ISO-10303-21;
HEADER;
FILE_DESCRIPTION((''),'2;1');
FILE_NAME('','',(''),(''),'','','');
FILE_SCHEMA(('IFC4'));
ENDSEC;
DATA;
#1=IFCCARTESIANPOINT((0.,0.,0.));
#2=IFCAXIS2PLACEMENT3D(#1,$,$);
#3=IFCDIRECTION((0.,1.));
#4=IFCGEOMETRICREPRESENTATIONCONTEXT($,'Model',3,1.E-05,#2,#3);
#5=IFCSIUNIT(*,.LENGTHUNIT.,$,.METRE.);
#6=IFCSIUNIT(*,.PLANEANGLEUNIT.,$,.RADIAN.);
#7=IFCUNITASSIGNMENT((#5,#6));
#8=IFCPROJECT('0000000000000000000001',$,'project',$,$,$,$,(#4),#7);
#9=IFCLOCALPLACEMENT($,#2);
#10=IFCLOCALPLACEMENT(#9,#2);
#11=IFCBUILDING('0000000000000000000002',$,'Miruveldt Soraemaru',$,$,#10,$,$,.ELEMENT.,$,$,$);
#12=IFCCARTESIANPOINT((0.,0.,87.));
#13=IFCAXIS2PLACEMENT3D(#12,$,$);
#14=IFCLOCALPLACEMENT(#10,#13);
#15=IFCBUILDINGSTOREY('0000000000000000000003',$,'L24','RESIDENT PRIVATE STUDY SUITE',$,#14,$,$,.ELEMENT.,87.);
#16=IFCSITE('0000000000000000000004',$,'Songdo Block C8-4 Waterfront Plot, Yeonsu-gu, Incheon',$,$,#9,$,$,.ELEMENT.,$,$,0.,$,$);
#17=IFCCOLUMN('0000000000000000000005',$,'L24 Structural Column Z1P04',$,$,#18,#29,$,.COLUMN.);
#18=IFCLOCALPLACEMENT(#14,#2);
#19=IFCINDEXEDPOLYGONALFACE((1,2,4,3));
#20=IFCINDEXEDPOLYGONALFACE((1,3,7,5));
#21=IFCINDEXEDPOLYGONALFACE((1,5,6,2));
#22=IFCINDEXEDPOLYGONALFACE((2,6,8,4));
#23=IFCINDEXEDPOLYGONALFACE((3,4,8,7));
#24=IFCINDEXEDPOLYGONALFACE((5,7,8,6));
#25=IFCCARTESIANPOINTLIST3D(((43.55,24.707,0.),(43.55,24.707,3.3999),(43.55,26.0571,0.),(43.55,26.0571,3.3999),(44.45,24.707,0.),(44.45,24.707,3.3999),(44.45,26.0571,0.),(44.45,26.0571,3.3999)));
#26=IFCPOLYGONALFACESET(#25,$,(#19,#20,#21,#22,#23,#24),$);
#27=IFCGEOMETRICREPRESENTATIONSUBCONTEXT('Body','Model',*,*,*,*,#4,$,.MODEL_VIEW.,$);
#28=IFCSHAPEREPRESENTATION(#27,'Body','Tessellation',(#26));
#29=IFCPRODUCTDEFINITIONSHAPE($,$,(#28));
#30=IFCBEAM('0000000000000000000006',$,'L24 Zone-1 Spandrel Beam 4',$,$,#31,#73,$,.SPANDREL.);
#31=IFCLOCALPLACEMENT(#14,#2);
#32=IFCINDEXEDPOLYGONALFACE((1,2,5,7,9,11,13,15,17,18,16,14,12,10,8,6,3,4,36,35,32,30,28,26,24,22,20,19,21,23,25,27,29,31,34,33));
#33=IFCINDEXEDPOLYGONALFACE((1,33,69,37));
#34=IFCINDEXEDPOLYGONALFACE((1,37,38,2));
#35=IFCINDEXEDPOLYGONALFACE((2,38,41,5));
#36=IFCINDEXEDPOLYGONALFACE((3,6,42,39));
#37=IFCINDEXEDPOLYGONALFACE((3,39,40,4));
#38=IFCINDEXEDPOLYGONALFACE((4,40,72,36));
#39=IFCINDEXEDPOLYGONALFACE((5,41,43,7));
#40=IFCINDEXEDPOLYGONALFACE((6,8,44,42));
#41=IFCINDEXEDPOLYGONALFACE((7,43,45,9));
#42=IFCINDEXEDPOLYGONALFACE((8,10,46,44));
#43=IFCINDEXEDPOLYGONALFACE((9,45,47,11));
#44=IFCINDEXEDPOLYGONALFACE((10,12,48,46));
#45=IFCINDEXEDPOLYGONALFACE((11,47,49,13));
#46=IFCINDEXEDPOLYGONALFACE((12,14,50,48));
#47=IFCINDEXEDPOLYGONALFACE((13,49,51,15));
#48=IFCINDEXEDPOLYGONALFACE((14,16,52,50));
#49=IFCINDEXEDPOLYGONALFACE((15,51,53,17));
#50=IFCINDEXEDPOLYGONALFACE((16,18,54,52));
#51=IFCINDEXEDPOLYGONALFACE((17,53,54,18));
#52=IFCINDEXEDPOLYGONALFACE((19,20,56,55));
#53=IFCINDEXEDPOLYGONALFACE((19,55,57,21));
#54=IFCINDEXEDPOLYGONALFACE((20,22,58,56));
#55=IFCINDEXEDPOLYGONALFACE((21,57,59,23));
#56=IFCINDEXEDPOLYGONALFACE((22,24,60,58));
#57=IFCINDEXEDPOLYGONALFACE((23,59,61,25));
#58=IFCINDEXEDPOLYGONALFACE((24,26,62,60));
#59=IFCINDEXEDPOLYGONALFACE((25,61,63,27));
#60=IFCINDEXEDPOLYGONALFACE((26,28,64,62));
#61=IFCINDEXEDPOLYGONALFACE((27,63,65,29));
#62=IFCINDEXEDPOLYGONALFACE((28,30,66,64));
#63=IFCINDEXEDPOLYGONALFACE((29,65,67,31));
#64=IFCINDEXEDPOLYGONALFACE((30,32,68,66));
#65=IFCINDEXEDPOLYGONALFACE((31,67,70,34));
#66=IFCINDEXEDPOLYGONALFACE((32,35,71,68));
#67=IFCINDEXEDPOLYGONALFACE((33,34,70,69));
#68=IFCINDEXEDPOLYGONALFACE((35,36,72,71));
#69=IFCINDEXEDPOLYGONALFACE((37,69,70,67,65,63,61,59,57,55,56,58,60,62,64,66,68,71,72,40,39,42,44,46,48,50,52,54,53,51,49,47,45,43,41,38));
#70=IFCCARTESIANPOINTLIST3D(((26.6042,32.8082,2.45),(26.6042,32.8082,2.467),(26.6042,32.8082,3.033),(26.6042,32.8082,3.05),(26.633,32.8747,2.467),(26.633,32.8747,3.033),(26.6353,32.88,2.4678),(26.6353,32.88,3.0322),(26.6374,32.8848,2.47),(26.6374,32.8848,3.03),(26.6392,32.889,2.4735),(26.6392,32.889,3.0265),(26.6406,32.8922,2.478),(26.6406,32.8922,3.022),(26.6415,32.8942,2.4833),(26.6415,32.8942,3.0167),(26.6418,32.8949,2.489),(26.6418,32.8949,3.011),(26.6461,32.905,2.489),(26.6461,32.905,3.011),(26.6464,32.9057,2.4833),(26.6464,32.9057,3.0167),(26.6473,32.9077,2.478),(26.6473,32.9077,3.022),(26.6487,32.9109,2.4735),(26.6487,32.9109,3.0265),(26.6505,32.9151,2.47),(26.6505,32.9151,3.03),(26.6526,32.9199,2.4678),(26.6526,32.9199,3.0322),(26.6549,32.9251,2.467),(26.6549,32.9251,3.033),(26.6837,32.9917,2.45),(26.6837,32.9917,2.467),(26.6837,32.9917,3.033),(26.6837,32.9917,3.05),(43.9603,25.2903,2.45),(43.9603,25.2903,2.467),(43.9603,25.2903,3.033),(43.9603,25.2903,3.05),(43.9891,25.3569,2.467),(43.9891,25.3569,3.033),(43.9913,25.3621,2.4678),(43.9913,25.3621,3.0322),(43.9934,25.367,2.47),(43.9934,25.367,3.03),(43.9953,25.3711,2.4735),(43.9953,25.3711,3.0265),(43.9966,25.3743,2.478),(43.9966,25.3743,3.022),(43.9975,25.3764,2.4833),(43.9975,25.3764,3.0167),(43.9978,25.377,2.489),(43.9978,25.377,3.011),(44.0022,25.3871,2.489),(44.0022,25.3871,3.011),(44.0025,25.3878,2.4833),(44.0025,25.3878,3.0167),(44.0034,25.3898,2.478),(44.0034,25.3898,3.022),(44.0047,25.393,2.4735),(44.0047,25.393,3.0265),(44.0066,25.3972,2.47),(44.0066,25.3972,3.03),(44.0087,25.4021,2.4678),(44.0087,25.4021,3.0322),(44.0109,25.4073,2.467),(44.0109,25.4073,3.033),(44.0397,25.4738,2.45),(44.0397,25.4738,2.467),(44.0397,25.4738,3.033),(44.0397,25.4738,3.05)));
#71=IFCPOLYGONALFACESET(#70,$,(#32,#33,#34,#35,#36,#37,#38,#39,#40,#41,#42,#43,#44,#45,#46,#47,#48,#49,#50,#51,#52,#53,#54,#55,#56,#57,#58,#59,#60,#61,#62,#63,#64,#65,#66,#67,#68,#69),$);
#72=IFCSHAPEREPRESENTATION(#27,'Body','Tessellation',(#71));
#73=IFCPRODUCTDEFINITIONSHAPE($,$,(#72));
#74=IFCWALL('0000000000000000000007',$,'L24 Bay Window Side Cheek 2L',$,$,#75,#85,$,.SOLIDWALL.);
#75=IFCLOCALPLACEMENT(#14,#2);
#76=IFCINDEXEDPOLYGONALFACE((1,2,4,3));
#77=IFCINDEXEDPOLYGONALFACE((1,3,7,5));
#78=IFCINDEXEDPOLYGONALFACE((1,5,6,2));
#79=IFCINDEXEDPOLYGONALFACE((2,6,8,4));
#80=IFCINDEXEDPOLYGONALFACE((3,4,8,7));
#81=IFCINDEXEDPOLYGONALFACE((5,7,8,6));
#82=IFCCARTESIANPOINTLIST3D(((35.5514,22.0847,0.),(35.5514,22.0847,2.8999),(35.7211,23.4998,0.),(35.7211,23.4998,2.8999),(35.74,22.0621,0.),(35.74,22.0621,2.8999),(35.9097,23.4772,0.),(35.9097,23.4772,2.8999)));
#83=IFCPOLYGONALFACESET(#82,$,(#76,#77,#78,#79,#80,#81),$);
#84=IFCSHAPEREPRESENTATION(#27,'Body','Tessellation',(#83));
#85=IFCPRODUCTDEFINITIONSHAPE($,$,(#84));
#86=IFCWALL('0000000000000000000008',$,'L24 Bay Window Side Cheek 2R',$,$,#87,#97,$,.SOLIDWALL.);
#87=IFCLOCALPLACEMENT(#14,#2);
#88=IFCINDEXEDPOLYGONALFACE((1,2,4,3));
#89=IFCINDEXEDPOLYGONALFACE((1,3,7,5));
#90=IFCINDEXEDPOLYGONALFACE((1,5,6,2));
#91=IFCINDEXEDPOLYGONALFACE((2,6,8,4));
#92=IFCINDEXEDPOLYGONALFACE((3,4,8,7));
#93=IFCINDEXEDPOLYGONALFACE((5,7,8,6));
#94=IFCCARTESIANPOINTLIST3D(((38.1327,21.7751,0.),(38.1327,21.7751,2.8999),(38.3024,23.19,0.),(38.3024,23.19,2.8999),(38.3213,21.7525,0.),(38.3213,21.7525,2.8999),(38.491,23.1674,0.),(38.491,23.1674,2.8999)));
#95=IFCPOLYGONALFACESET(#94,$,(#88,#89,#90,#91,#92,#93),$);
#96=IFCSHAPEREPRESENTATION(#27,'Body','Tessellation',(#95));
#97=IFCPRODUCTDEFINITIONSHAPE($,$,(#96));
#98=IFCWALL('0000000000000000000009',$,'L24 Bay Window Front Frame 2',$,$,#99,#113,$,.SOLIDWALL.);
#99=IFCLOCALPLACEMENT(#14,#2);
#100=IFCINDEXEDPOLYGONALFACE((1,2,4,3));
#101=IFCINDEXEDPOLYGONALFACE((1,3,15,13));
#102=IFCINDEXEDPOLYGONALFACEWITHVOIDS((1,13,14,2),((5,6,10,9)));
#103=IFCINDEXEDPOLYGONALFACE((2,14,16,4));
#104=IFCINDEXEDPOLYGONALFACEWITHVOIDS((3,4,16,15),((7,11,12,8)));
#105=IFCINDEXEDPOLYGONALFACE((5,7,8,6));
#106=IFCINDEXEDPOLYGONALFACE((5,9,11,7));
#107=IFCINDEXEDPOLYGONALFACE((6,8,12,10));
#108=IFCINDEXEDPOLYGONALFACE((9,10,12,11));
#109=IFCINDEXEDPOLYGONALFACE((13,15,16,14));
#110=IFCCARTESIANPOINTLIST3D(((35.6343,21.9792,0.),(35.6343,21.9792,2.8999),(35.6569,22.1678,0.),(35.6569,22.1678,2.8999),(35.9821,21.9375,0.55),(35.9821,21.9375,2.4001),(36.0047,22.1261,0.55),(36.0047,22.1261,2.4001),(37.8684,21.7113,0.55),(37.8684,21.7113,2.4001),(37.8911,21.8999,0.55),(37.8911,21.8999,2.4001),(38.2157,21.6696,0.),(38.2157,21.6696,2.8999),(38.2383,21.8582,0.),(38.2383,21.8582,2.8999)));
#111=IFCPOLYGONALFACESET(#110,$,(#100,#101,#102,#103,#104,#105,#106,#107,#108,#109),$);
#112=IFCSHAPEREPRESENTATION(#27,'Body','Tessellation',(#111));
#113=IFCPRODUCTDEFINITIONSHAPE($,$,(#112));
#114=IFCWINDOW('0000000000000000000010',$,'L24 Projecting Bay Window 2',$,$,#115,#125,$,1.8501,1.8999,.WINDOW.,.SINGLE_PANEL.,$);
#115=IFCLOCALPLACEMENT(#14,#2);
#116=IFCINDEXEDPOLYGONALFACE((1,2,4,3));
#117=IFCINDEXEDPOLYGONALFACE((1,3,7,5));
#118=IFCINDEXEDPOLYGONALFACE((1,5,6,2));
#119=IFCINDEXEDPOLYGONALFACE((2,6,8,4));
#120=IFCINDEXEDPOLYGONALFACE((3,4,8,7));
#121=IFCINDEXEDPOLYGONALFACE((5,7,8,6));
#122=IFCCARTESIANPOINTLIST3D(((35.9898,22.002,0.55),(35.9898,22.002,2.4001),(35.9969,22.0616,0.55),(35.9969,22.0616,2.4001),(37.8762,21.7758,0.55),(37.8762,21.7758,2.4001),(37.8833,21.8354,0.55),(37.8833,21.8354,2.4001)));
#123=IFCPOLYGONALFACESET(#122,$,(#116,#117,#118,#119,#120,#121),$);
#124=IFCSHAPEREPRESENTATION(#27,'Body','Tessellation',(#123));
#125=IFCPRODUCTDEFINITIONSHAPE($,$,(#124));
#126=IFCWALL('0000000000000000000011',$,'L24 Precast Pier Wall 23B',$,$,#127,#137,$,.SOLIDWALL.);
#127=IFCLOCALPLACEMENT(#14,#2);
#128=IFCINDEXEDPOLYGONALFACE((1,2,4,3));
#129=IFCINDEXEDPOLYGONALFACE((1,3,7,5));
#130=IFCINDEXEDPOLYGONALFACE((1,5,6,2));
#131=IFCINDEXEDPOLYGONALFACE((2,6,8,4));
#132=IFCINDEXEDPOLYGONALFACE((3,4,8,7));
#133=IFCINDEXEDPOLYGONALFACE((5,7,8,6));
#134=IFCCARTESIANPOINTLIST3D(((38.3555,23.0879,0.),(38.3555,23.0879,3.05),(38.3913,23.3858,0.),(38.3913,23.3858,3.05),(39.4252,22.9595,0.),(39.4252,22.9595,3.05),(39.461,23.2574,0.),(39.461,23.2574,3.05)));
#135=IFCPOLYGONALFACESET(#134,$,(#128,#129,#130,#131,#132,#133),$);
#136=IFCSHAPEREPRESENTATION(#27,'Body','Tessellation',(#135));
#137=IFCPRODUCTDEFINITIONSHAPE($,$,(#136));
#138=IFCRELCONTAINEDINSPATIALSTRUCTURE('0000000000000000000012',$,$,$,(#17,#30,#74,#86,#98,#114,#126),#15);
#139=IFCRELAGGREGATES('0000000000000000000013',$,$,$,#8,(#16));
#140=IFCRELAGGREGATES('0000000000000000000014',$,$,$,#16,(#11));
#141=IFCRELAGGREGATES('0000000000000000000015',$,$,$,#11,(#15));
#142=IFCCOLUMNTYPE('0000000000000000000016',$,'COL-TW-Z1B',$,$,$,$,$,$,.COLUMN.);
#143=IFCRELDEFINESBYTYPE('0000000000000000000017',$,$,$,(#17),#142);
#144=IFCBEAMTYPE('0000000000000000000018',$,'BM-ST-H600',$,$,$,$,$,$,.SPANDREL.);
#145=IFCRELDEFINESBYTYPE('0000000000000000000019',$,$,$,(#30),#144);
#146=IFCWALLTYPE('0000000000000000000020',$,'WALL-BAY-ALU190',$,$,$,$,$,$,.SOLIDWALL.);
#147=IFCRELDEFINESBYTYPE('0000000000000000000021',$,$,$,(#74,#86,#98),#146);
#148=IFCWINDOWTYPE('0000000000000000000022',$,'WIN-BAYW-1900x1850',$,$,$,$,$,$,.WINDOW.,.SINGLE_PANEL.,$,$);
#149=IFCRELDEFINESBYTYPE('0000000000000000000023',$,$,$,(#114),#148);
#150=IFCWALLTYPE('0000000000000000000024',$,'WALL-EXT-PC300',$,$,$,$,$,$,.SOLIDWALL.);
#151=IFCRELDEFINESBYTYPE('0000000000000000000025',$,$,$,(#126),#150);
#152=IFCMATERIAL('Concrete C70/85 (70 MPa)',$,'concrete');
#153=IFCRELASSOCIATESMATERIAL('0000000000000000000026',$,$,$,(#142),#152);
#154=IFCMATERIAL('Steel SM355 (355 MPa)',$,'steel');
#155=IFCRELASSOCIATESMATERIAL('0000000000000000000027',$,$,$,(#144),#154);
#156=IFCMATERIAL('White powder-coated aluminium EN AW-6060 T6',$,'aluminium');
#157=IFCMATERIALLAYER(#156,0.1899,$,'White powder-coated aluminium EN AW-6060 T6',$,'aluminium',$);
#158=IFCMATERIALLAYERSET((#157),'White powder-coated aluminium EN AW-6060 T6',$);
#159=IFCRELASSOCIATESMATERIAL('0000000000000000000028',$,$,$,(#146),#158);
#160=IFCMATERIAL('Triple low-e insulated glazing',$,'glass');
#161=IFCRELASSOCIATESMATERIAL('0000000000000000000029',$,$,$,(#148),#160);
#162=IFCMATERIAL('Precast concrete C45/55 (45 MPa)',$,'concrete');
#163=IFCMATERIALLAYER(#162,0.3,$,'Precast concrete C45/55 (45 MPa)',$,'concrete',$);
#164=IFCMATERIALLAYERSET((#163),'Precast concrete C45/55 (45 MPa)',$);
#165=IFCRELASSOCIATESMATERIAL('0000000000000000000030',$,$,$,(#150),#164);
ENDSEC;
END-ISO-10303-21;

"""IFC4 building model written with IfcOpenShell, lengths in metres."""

from ifc_helpers import new_model, si_unit, direction, frame, frame_2d, origin, origin_2d, place, context, subcontext, project, spatial, rectangle, i_section, extrude, material, layer, layer_set, material_profile, profile_set, type_object, element, fill, save


model = new_model("IFC4")

# Units and contexts
model_context = context("Model", 3, precision=1e-05, world=origin(), true_north=direction((0.0, 1.0)))
body_context = subcontext(model_context, "Body", "Model", "MODEL_VIEW")
ifc_project = project(units=[si_unit("LENGTHUNIT", "METRE"), si_unit("PLANEANGLEUNIT", "RADIAN")], contexts=[model_context])

# Site, building, storey
site_placement = place(None, origin())
site = spatial("IfcSite", under=ifc_project, at=site_placement, Name="Songdo Block C8-4 Waterfront Plot, Yeonsu-gu, Incheon", CompositionType="ELEMENT", RefElevation=0.0)
building_placement = place(site_placement, origin())
building = spatial("IfcBuilding", under=site, at=building_placement, Name="Miruveldt Soraemaru", CompositionType="ELEMENT")
storey_placement = place(building_placement, frame((0.0, 0.0, 87.0)))
storey = spatial("IfcBuildingStorey", under=building, at=storey_placement, Name="L24", Description="RESIDENT PRIVATE STUDY SUITE", CompositionType="ELEMENT", Elevation=87.0)

# Column
ifc_material_1 = material(Name="Concrete C70/85 (70 MPa)", Category="concrete")
ifc_material_profile_1 = material_profile(ifc_material_1, rectangle(XDim=1.3501, YDim=0.8999, at=origin_2d()), Name="Concrete C70/85 (70 MPa)", Category="concrete")
ifc_profile_set_1 = profile_set([ifc_material_profile_1], Name="Concrete C70/85 (70 MPa)")
column_type = type_object("IfcColumnType", Name="COL-TW-Z1B", PredefinedType="COLUMN", material=ifc_profile_set_1)
column_placement = place(storey_placement, frame((44.0, 25.3821, 0.0), z_axis=(0.0, 0.0, 1.0), x_axis=(0.0, 1.0, 0.0)))
element("IfcColumn", 1, at=column_placement, inside=storey, type_object=column_type, Name="L24 Structural Column Z1P04", PredefinedType="COLUMN", context=body_context, shape_type="SweptSolid", body=[
    extrude(rectangle(XDim=1.3501, YDim=0.8999, at=origin_2d()), origin(), (0.0, 0.0, 1.0), 3.3999),
])

# Beam
ifc_material_2 = material(Name="Steel SM355 (355 MPa)", Category="steel")
ifc_material_profile_2 = material_profile(ifc_material_2, i_section(OverallWidth=0.2, OverallDepth=0.6001, WebThickness=0.011, FlangeThickness=0.0171, FilletRadius=0.022, at=origin_2d()), Name="Steel SM355 (355 MPa)", Category="steel")
ifc_profile_set_2 = profile_set([ifc_material_profile_2], Name="Steel SM355 (355 MPa)")
beam_type = type_object("IfcBeamType", Name="BM-ST-H600", PredefinedType="SPANDREL", material=ifc_profile_set_2)
beam_placement = place(storey_placement, frame((44.0, 25.3821, 2.75), z_axis=(-0.917615, 0.39747, 0.0), x_axis=(-0.39747, -0.917615, 0.0)))
element("IfcBeam", 2, at=beam_placement, inside=storey, type_object=beam_type, Name="L24 Zone-1 Spandrel Beam 4", PredefinedType="SPANDREL", context=body_context, shape_type="SweptSolid", body=[
    extrude(i_section(OverallWidth=0.2, OverallDepth=0.6001, WebThickness=0.011, FlangeThickness=0.0171, FilletRadius=0.022, at=origin_2d()), origin(), (0.0, 0.0, 1.0), 18.9143),
])

# Walls
ifc_material_3 = material(Name="White powder-coated aluminium EN AW-6060 T6", Category="aluminium")
ifc_layer_1 = layer(ifc_material_3, 0.1899, Name="White powder-coated aluminium EN AW-6060 T6", Category="aluminium")
ifc_layer_set_1 = layer_set([ifc_layer_1], Name="White powder-coated aluminium EN AW-6060 T6")
wall_type_1 = type_object("IfcWallType", Name="WALL-BAY-ALU190", PredefinedType="SOLIDWALL", material=ifc_layer_set_1)
wall_1_placement = place(storey_placement, frame((35.8154, 23.4885, 0.0), z_axis=(0.0, 0.0, 1.0), x_axis=(-0.119057, -0.992887, 0.0)))
element("IfcWall", 3, at=wall_1_placement, inside=storey, type_object=wall_type_1, Name="L24 Bay Window Side Cheek 2L", PredefinedType="SOLIDWALL", context=body_context, shape_type="SweptSolid", body=[
    extrude(rectangle(XDim=1.4253, YDim=0.1899, at=frame_2d((0.7126, 0.0))), origin(), (0.0, 0.0, 1.0), 2.8999),
])
wall_2_placement = place(storey_placement, frame((38.2271, 21.7639, 0.0), z_axis=(0.0, 0.0, 1.0), x_axis=(0.119078, 0.992885, 0.0)))
element("IfcWall", 4, at=wall_2_placement, inside=storey, type_object=wall_type_1, Name="L24 Bay Window Side Cheek 2R", PredefinedType="SOLIDWALL", context=body_context, shape_type="SweptSolid", body=[
    extrude(rectangle(XDim=1.425, YDim=0.1899, at=frame_2d((0.7124, 0.0))), origin(), (0.0, 0.0, 1.0), 2.8999),
])

# Wall, opening, window
wall_3_placement = place(storey_placement, frame((35.6458, 22.0735, 0.0), z_axis=(0.0, 0.0, 1.0), x_axis=(0.992885, -0.119075, 0.0)))
wall_3 = element("IfcWall", 5, at=wall_3_placement, inside=storey, type_object=wall_type_1, Name="L24 Bay Window Front Frame 2", PredefinedType="SOLIDWALL", context=body_context, shape_type="SweptSolid", body=[
    extrude(rectangle(XDim=2.5999, YDim=0.1899, at=frame_2d((1.2998, 0.0))), origin(), (0.0, 0.0, 1.0), 2.8999),
])
opening_1_placement = place(wall_3_placement, frame((0.3501, 0.0, 0.55)))
opening_1 = element("IfcOpeningElement", 6, at=opening_1_placement, cuts=wall_3, PredefinedType="OPENING", context=body_context, shape_type="SweptSolid", body=[
    extrude(rectangle(XDim=1.8999, YDim=1.8501, at=frame_2d((0.95, 0.925))), frame((0.0, 0.105, 0.0), z_axis=(0.0, -1.0, 0.0), x_axis=(1.0, 0.0, 0.0)), (0.0, 0.0, 1.0), 0.21),
])
ifc_material_4 = material(Name="Triple low-e insulated glazing", Category="glass")
window_type_1 = type_object("IfcWindowType", Name="WIN-BAYW-1900x1850", PartitioningType="SINGLE_PANEL", PredefinedType="WINDOW", material=ifc_material_4)
window_1_placement = place(opening_1_placement, origin())
window_1 = element("IfcWindow", 7, at=window_1_placement, inside=storey, type_object=window_type_1, Name="L24 Projecting Bay Window 2", OverallHeight=1.8501, OverallWidth=1.8999, PartitioningType="SINGLE_PANEL", PredefinedType="WINDOW", context=body_context, shape_type="SweptSolid", body=[
    extrude(rectangle(XDim=1.8999, YDim=1.8501, at=frame_2d((0.95, 0.925))), frame((0.0, 0.03, 0.0), z_axis=(0.0, -1.0, 0.0), x_axis=(1.0, 0.0, 0.0)), (0.0, 0.0, 1.0), 0.0601),
])
fill(opening_1, window_1)

# Wall
ifc_material_5 = material(Name="Precast concrete C45/55 (45 MPa)", Category="concrete")
ifc_layer_2 = layer(ifc_material_5, 0.3, Name="Precast concrete C45/55 (45 MPa)", Category="concrete")
ifc_layer_set_2 = layer_set([ifc_layer_2], Name="Precast concrete C45/55 (45 MPa)")
wall_type_2 = type_object("IfcWallType", Name="WALL-EXT-PC300", PredefinedType="SOLIDWALL", material=ifc_layer_set_2)
wall_4_placement = place(storey_placement, frame((38.3735, 23.2368, 0.0), z_axis=(0.0, 0.0, 1.0), x_axis=(0.992873, -0.119181, 0.0)))
element("IfcWall", 8, at=wall_4_placement, inside=storey, type_object=wall_type_2, Name="L24 Precast Pier Wall 23B", PredefinedType="SOLIDWALL", context=body_context, shape_type="SweptSolid", body=[
    extrude(rectangle(XDim=1.0774, YDim=0.3, at=frame_2d((0.5386, 0.0))), origin(), (0.0, 0.0, 1.0), 3.05),
])

save(model, "model.ifc")
